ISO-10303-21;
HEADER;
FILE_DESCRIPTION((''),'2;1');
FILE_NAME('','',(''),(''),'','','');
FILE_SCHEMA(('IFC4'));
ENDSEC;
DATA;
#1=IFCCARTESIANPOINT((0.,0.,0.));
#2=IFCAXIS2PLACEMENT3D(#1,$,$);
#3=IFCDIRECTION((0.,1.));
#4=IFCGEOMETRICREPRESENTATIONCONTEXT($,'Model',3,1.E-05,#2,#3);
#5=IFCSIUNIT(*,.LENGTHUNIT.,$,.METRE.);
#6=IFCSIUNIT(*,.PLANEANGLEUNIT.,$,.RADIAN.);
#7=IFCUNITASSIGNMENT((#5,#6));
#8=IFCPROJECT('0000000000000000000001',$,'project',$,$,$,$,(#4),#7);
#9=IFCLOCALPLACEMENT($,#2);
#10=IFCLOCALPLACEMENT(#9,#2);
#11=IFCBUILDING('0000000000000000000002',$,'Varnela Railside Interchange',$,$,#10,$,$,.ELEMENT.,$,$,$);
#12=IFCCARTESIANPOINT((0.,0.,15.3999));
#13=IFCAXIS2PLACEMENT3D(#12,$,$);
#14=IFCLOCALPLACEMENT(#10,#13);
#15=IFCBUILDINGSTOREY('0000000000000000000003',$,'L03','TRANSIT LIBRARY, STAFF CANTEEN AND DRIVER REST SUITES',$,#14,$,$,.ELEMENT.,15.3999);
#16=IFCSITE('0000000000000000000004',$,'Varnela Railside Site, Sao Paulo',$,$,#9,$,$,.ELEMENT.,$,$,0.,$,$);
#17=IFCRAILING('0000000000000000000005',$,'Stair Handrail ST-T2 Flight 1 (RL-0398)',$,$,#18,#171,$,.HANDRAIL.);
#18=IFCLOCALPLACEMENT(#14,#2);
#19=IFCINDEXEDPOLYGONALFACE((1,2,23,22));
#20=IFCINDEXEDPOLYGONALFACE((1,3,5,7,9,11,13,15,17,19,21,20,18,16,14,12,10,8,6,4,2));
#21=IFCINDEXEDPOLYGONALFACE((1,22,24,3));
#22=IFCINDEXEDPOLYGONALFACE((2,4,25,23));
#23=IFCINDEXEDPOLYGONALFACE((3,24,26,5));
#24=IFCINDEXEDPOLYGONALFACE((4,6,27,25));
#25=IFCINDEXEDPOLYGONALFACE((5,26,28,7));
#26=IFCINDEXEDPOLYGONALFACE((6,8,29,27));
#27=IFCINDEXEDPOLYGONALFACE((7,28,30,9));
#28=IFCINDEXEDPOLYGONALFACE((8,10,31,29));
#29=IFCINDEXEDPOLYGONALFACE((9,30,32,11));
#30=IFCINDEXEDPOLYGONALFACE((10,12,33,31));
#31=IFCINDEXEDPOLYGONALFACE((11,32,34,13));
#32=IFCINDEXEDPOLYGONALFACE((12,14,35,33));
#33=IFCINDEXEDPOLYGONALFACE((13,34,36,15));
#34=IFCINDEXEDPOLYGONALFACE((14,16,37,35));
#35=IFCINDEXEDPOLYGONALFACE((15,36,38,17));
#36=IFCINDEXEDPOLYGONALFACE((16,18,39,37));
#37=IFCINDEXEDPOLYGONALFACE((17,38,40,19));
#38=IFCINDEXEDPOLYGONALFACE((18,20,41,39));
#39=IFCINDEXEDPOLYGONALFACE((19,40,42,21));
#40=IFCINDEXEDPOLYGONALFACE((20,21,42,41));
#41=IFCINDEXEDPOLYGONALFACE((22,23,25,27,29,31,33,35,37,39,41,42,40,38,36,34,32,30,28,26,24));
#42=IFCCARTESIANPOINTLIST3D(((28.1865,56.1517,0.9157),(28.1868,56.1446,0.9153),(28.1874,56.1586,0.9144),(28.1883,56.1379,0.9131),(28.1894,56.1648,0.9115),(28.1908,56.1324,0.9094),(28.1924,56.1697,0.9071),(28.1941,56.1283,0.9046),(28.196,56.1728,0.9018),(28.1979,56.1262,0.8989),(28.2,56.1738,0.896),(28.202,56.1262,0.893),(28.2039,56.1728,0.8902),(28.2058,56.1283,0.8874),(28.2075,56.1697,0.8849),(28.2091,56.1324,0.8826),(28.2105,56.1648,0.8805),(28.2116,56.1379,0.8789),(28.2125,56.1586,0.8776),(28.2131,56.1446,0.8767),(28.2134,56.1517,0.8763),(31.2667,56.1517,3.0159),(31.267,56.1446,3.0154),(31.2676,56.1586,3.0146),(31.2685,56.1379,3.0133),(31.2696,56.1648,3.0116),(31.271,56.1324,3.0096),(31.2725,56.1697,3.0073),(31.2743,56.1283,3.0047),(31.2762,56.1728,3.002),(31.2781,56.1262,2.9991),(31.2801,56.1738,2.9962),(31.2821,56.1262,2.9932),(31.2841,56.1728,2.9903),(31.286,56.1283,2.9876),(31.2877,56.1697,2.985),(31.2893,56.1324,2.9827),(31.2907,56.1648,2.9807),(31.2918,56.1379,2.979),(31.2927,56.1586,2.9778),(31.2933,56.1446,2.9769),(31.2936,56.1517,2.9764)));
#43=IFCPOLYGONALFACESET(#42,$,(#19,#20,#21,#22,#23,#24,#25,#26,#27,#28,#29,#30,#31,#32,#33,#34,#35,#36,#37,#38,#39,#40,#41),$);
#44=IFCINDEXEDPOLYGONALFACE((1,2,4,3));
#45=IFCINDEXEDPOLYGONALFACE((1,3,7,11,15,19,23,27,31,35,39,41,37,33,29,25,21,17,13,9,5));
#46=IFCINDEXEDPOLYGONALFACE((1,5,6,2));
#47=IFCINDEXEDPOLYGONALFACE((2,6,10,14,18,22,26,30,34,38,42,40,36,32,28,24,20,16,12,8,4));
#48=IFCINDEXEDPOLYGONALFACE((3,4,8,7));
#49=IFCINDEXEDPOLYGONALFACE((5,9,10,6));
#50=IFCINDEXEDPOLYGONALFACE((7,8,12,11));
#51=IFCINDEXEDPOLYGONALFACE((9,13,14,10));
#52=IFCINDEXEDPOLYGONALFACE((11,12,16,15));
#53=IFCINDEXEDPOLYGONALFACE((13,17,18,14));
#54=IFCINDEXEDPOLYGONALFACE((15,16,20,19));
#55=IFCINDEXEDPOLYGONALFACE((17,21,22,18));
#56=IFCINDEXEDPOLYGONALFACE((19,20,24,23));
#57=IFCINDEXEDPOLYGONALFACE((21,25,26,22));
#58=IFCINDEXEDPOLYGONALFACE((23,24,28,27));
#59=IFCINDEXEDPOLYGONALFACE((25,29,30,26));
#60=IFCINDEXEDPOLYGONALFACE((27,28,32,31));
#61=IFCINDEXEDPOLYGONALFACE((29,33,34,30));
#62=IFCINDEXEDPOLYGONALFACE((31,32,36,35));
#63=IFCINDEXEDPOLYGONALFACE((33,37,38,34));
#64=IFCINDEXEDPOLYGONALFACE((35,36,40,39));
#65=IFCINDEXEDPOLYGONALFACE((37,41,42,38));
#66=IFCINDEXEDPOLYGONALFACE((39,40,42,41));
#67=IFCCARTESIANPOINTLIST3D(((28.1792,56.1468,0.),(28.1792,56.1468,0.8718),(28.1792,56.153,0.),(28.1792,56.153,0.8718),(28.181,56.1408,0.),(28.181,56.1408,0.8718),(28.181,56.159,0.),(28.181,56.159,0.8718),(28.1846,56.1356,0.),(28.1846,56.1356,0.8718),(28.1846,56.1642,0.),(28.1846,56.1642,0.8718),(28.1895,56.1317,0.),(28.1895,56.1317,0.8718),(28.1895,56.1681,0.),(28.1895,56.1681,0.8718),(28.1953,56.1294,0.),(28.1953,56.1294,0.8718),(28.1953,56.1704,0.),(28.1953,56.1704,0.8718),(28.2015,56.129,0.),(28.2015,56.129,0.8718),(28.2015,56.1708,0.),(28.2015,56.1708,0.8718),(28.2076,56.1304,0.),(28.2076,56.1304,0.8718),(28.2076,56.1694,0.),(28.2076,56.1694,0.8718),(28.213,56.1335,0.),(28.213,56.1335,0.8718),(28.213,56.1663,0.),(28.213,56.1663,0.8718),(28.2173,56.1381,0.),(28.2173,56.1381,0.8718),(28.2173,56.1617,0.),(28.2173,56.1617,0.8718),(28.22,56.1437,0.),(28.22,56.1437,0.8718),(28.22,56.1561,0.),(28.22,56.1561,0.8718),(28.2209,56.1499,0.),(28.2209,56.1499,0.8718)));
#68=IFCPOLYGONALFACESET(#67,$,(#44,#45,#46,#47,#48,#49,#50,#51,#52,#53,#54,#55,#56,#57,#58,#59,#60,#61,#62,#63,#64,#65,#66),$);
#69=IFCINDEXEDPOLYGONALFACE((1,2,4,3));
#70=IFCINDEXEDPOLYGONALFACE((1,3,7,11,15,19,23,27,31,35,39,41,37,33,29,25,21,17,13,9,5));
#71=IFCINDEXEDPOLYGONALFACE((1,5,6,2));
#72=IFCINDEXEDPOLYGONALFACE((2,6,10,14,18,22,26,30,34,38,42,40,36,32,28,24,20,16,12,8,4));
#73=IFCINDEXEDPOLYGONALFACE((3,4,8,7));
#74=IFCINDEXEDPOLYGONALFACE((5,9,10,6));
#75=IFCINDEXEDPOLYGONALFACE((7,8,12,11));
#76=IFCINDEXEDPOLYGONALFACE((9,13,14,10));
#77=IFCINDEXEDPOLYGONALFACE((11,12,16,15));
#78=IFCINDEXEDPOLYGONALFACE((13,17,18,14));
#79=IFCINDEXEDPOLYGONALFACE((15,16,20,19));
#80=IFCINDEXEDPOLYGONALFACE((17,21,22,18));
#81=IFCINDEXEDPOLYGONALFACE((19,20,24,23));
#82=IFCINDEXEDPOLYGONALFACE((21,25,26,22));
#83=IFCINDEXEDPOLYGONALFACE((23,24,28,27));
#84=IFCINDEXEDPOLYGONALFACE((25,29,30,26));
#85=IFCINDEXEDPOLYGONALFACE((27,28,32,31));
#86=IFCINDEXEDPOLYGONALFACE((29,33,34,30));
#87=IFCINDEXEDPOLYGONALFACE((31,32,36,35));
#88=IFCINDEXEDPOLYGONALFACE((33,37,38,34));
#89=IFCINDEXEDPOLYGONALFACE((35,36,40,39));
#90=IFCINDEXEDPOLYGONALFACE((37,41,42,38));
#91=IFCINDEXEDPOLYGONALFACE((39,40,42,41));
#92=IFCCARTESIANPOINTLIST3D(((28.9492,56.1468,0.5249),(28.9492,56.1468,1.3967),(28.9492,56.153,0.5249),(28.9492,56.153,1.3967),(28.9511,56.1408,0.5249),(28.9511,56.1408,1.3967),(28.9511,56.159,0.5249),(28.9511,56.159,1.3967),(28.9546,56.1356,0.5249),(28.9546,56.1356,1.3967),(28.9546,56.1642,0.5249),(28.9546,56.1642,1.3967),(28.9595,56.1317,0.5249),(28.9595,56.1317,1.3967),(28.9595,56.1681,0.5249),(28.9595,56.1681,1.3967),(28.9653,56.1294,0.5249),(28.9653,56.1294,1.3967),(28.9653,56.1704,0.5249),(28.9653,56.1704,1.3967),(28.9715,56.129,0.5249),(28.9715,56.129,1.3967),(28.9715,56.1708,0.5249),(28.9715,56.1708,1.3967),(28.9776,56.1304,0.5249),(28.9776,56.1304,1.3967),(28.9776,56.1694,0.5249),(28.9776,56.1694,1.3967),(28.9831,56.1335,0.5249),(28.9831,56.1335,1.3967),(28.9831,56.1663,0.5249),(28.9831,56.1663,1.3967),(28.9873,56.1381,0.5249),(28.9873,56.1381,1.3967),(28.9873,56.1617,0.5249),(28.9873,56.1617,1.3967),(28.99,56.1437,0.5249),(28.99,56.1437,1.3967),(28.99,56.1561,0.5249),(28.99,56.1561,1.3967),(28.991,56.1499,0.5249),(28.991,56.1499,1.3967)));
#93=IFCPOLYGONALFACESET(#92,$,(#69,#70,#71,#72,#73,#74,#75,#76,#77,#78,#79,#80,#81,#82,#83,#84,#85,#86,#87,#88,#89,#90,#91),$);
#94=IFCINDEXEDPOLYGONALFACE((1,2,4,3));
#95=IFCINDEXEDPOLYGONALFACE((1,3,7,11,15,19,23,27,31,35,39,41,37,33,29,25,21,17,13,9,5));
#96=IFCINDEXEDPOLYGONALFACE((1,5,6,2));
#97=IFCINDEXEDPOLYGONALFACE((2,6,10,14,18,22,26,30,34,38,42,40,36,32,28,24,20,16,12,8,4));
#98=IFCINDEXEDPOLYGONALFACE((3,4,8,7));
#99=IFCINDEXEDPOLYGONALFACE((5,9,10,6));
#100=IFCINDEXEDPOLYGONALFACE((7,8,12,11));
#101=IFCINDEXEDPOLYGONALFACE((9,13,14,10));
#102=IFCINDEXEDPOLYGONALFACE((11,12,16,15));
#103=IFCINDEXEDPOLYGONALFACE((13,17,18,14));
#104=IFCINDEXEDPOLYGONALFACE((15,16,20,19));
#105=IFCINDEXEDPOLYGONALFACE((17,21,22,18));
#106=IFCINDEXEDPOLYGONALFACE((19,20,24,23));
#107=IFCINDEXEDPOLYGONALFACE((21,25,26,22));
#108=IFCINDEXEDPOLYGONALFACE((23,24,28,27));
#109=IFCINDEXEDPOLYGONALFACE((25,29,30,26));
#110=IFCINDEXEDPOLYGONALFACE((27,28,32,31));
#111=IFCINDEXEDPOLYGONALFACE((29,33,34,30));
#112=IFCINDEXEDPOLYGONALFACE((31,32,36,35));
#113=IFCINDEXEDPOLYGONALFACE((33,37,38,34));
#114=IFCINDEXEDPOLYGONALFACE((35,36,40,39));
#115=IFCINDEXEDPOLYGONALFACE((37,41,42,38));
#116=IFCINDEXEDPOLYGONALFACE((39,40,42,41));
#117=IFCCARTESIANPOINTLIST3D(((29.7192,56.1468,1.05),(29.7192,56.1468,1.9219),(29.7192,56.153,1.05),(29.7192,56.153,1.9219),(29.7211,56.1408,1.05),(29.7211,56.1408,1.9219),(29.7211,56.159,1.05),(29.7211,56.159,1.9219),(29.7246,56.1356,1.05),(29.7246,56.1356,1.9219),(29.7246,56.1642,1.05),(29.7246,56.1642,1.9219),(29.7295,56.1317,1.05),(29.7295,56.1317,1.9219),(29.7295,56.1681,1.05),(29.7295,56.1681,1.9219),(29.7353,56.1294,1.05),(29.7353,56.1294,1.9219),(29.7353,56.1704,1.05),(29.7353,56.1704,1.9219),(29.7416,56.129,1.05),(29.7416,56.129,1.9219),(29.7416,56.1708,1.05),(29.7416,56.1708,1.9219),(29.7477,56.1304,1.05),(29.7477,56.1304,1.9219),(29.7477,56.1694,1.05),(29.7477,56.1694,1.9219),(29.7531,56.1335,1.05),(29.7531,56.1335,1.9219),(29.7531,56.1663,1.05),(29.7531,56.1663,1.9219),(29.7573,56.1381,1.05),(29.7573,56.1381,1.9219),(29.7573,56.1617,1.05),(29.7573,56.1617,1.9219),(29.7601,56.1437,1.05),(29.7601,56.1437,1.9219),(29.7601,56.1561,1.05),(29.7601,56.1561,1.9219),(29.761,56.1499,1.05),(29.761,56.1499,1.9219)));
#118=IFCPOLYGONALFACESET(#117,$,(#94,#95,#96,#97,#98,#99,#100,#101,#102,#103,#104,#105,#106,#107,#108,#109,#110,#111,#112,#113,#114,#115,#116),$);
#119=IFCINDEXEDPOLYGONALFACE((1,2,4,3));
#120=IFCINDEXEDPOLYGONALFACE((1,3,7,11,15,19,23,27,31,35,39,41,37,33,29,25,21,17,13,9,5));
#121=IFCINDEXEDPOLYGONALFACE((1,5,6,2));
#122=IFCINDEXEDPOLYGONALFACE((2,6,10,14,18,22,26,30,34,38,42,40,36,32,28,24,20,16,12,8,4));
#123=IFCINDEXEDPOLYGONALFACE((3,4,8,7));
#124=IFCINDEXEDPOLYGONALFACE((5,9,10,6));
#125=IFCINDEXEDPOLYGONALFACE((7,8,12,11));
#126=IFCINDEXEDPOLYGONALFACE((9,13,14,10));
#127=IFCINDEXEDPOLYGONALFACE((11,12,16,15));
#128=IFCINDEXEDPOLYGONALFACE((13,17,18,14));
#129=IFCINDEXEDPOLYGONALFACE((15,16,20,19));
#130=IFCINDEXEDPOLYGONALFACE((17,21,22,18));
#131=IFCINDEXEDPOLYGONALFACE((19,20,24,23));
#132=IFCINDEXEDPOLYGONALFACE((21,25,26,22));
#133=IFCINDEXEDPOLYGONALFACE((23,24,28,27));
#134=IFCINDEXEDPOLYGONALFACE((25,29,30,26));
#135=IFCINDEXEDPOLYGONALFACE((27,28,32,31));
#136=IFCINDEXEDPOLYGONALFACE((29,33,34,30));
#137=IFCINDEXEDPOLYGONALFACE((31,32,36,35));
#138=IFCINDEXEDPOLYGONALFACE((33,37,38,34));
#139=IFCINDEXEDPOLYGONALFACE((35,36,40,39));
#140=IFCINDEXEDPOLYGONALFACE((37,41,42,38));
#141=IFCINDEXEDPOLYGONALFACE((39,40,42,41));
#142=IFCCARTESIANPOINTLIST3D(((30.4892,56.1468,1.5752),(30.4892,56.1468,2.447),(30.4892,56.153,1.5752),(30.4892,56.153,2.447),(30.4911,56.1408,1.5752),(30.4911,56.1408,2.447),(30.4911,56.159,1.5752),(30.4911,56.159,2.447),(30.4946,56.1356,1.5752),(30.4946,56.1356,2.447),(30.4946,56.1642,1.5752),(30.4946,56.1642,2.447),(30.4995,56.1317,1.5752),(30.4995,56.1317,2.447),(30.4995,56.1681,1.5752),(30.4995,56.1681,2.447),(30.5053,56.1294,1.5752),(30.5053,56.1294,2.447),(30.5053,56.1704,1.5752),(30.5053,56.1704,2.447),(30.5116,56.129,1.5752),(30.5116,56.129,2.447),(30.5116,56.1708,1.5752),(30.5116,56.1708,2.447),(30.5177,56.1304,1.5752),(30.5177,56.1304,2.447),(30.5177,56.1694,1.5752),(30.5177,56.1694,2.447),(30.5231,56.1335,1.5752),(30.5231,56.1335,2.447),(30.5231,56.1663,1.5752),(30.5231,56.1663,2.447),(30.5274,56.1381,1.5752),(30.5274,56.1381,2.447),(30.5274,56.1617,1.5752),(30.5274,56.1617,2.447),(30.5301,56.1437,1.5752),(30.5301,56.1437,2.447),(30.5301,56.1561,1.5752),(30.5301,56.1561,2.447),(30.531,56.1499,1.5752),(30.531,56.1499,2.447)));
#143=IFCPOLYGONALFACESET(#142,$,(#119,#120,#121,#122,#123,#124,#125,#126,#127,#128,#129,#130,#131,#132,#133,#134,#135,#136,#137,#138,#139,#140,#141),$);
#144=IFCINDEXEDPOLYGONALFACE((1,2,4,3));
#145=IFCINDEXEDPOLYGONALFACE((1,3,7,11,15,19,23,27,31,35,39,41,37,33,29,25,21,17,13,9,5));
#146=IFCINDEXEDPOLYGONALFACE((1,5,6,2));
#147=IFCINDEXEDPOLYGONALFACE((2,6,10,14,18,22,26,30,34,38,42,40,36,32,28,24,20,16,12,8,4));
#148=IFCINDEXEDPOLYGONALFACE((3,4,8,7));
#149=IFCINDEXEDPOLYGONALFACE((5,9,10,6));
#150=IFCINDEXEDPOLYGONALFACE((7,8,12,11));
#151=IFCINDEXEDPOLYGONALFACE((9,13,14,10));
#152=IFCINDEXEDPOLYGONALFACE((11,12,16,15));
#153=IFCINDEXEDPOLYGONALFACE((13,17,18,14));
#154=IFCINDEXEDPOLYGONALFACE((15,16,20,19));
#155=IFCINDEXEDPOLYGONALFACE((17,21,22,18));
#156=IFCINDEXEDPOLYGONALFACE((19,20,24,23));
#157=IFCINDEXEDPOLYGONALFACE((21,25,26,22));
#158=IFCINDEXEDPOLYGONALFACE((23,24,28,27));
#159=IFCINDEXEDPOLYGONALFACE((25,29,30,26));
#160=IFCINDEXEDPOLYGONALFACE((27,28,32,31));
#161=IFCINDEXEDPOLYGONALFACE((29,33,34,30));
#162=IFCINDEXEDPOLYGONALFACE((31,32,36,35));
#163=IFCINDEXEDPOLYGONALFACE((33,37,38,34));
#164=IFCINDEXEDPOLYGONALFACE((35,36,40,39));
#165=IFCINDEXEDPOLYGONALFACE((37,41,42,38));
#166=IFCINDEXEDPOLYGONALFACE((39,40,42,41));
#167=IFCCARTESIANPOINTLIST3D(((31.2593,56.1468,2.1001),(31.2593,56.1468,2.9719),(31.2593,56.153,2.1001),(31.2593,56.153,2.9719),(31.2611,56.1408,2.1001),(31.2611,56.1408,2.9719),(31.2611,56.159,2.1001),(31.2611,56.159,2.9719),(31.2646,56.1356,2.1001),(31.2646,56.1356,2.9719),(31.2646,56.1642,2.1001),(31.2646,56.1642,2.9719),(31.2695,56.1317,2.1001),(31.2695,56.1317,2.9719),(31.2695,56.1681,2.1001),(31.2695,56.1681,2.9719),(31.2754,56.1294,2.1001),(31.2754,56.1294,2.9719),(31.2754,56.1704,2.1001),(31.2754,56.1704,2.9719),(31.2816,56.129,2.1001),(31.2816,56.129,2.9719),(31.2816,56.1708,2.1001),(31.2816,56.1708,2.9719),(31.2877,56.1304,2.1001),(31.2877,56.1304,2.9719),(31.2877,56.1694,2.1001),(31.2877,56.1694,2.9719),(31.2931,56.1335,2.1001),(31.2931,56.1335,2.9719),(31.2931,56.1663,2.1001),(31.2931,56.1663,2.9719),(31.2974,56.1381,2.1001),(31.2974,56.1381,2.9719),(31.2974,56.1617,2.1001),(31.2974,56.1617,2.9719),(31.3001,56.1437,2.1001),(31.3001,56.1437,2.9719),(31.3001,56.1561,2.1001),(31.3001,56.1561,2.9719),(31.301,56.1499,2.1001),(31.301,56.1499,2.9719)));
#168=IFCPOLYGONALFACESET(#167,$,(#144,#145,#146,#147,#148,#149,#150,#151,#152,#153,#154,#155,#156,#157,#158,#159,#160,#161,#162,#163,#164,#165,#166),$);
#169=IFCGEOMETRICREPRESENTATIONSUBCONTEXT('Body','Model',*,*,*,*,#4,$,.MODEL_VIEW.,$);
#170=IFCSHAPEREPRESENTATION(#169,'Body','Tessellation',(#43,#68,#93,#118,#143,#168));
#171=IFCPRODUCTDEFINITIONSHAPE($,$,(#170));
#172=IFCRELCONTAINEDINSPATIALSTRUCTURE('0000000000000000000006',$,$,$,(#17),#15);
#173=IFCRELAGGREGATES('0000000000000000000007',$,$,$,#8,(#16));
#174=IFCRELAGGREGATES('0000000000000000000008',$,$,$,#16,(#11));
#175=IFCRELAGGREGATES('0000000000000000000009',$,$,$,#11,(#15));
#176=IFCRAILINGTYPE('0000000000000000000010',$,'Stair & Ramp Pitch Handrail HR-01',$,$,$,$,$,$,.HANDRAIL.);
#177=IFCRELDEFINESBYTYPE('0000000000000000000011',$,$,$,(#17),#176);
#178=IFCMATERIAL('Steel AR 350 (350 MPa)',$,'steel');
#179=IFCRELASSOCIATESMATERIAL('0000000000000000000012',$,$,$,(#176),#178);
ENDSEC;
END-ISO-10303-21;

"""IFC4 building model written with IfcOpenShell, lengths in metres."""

from ifc_helpers import new_model, si_unit, direction, frame, origin, origin_2d, place, context, subcontext, project, spatial, circle, extrude, material, type_object, element, save


model = new_model("IFC4")

# Units and contexts
model_context = context("Model", 3, precision=1e-05, world=origin(), true_north=direction((0.0, 1.0)))
body_context = subcontext(model_context, "Body", "Model", "MODEL_VIEW")
ifc_project = project(units=[si_unit("LENGTHUNIT", "METRE"), si_unit("PLANEANGLEUNIT", "RADIAN")], contexts=[model_context])

# Site, building, storey
site_placement = place(None, origin())
site = spatial("IfcSite", under=ifc_project, at=site_placement, Name="Varnela Railside Site, Sao Paulo", CompositionType="ELEMENT", RefElevation=0.0)
building_placement = place(site_placement, origin())
building = spatial("IfcBuilding", under=site, at=building_placement, Name="Varnela Railside Interchange", CompositionType="ELEMENT")
storey_placement = place(building_placement, frame((0.0, 0.0, 15.3999)))
storey = spatial("IfcBuildingStorey", under=building, at=storey_placement, Name="L03", Description="TRANSIT LIBRARY, STAFF CANTEEN AND DRIVER REST SUITES", CompositionType="ELEMENT", Elevation=15.3999)

# Shared definitions
ifc_material_1 = material(Name="Steel AR 350 (350 MPa)", Category="steel")

# Railing
railing_type_1 = type_object("IfcRailingType", Name="Stair & Ramp Pitch Handrail HR-01", PredefinedType="HANDRAIL", material=ifc_material_1)
railing_1_placement = place(storey_placement, frame((28.2, 56.1499, 0.0)))
element("IfcRailing", 1, at=railing_1_placement, inside=storey, type_object=railing_type_1, Name="Stair Handrail ST-T2 Flight 1 (RL-0398)", PredefinedType="HANDRAIL", context=body_context, shape_type="SweptSolid", body=[
    extrude(circle(Radius=0.0239, at=origin_2d()), frame((0.0, 0.0, 0.896), z_axis=(0.826222, 0.0, 0.563345), x_axis=(0.0, 1.0, 0.0)), (0.0, 0.0, 1.0), 3.728),
    extrude(circle(Radius=0.021, at=origin_2d()), origin(), (0.0, 0.0, 1.0), 0.8718),
    extrude(circle(Radius=0.021, at=origin_2d()), frame((0.77, 0.0, 0.5249)), (0.0, 0.0, 1.0), 0.8718),
    extrude(circle(Radius=0.021, at=origin_2d()), frame((1.54, 0.0, 1.05)), (0.0, 0.0, 1.0), 0.8718),
    extrude(circle(Radius=0.021, at=origin_2d()), frame((2.3101, 0.0, 1.5752)), (0.0, 0.0, 1.0), 0.8718),
    extrude(circle(Radius=0.021, at=origin_2d()), frame((3.0801, 0.0, 2.1001)), (0.0, 0.0, 1.0), 0.8718),
])

save(model, "model.ifc")
